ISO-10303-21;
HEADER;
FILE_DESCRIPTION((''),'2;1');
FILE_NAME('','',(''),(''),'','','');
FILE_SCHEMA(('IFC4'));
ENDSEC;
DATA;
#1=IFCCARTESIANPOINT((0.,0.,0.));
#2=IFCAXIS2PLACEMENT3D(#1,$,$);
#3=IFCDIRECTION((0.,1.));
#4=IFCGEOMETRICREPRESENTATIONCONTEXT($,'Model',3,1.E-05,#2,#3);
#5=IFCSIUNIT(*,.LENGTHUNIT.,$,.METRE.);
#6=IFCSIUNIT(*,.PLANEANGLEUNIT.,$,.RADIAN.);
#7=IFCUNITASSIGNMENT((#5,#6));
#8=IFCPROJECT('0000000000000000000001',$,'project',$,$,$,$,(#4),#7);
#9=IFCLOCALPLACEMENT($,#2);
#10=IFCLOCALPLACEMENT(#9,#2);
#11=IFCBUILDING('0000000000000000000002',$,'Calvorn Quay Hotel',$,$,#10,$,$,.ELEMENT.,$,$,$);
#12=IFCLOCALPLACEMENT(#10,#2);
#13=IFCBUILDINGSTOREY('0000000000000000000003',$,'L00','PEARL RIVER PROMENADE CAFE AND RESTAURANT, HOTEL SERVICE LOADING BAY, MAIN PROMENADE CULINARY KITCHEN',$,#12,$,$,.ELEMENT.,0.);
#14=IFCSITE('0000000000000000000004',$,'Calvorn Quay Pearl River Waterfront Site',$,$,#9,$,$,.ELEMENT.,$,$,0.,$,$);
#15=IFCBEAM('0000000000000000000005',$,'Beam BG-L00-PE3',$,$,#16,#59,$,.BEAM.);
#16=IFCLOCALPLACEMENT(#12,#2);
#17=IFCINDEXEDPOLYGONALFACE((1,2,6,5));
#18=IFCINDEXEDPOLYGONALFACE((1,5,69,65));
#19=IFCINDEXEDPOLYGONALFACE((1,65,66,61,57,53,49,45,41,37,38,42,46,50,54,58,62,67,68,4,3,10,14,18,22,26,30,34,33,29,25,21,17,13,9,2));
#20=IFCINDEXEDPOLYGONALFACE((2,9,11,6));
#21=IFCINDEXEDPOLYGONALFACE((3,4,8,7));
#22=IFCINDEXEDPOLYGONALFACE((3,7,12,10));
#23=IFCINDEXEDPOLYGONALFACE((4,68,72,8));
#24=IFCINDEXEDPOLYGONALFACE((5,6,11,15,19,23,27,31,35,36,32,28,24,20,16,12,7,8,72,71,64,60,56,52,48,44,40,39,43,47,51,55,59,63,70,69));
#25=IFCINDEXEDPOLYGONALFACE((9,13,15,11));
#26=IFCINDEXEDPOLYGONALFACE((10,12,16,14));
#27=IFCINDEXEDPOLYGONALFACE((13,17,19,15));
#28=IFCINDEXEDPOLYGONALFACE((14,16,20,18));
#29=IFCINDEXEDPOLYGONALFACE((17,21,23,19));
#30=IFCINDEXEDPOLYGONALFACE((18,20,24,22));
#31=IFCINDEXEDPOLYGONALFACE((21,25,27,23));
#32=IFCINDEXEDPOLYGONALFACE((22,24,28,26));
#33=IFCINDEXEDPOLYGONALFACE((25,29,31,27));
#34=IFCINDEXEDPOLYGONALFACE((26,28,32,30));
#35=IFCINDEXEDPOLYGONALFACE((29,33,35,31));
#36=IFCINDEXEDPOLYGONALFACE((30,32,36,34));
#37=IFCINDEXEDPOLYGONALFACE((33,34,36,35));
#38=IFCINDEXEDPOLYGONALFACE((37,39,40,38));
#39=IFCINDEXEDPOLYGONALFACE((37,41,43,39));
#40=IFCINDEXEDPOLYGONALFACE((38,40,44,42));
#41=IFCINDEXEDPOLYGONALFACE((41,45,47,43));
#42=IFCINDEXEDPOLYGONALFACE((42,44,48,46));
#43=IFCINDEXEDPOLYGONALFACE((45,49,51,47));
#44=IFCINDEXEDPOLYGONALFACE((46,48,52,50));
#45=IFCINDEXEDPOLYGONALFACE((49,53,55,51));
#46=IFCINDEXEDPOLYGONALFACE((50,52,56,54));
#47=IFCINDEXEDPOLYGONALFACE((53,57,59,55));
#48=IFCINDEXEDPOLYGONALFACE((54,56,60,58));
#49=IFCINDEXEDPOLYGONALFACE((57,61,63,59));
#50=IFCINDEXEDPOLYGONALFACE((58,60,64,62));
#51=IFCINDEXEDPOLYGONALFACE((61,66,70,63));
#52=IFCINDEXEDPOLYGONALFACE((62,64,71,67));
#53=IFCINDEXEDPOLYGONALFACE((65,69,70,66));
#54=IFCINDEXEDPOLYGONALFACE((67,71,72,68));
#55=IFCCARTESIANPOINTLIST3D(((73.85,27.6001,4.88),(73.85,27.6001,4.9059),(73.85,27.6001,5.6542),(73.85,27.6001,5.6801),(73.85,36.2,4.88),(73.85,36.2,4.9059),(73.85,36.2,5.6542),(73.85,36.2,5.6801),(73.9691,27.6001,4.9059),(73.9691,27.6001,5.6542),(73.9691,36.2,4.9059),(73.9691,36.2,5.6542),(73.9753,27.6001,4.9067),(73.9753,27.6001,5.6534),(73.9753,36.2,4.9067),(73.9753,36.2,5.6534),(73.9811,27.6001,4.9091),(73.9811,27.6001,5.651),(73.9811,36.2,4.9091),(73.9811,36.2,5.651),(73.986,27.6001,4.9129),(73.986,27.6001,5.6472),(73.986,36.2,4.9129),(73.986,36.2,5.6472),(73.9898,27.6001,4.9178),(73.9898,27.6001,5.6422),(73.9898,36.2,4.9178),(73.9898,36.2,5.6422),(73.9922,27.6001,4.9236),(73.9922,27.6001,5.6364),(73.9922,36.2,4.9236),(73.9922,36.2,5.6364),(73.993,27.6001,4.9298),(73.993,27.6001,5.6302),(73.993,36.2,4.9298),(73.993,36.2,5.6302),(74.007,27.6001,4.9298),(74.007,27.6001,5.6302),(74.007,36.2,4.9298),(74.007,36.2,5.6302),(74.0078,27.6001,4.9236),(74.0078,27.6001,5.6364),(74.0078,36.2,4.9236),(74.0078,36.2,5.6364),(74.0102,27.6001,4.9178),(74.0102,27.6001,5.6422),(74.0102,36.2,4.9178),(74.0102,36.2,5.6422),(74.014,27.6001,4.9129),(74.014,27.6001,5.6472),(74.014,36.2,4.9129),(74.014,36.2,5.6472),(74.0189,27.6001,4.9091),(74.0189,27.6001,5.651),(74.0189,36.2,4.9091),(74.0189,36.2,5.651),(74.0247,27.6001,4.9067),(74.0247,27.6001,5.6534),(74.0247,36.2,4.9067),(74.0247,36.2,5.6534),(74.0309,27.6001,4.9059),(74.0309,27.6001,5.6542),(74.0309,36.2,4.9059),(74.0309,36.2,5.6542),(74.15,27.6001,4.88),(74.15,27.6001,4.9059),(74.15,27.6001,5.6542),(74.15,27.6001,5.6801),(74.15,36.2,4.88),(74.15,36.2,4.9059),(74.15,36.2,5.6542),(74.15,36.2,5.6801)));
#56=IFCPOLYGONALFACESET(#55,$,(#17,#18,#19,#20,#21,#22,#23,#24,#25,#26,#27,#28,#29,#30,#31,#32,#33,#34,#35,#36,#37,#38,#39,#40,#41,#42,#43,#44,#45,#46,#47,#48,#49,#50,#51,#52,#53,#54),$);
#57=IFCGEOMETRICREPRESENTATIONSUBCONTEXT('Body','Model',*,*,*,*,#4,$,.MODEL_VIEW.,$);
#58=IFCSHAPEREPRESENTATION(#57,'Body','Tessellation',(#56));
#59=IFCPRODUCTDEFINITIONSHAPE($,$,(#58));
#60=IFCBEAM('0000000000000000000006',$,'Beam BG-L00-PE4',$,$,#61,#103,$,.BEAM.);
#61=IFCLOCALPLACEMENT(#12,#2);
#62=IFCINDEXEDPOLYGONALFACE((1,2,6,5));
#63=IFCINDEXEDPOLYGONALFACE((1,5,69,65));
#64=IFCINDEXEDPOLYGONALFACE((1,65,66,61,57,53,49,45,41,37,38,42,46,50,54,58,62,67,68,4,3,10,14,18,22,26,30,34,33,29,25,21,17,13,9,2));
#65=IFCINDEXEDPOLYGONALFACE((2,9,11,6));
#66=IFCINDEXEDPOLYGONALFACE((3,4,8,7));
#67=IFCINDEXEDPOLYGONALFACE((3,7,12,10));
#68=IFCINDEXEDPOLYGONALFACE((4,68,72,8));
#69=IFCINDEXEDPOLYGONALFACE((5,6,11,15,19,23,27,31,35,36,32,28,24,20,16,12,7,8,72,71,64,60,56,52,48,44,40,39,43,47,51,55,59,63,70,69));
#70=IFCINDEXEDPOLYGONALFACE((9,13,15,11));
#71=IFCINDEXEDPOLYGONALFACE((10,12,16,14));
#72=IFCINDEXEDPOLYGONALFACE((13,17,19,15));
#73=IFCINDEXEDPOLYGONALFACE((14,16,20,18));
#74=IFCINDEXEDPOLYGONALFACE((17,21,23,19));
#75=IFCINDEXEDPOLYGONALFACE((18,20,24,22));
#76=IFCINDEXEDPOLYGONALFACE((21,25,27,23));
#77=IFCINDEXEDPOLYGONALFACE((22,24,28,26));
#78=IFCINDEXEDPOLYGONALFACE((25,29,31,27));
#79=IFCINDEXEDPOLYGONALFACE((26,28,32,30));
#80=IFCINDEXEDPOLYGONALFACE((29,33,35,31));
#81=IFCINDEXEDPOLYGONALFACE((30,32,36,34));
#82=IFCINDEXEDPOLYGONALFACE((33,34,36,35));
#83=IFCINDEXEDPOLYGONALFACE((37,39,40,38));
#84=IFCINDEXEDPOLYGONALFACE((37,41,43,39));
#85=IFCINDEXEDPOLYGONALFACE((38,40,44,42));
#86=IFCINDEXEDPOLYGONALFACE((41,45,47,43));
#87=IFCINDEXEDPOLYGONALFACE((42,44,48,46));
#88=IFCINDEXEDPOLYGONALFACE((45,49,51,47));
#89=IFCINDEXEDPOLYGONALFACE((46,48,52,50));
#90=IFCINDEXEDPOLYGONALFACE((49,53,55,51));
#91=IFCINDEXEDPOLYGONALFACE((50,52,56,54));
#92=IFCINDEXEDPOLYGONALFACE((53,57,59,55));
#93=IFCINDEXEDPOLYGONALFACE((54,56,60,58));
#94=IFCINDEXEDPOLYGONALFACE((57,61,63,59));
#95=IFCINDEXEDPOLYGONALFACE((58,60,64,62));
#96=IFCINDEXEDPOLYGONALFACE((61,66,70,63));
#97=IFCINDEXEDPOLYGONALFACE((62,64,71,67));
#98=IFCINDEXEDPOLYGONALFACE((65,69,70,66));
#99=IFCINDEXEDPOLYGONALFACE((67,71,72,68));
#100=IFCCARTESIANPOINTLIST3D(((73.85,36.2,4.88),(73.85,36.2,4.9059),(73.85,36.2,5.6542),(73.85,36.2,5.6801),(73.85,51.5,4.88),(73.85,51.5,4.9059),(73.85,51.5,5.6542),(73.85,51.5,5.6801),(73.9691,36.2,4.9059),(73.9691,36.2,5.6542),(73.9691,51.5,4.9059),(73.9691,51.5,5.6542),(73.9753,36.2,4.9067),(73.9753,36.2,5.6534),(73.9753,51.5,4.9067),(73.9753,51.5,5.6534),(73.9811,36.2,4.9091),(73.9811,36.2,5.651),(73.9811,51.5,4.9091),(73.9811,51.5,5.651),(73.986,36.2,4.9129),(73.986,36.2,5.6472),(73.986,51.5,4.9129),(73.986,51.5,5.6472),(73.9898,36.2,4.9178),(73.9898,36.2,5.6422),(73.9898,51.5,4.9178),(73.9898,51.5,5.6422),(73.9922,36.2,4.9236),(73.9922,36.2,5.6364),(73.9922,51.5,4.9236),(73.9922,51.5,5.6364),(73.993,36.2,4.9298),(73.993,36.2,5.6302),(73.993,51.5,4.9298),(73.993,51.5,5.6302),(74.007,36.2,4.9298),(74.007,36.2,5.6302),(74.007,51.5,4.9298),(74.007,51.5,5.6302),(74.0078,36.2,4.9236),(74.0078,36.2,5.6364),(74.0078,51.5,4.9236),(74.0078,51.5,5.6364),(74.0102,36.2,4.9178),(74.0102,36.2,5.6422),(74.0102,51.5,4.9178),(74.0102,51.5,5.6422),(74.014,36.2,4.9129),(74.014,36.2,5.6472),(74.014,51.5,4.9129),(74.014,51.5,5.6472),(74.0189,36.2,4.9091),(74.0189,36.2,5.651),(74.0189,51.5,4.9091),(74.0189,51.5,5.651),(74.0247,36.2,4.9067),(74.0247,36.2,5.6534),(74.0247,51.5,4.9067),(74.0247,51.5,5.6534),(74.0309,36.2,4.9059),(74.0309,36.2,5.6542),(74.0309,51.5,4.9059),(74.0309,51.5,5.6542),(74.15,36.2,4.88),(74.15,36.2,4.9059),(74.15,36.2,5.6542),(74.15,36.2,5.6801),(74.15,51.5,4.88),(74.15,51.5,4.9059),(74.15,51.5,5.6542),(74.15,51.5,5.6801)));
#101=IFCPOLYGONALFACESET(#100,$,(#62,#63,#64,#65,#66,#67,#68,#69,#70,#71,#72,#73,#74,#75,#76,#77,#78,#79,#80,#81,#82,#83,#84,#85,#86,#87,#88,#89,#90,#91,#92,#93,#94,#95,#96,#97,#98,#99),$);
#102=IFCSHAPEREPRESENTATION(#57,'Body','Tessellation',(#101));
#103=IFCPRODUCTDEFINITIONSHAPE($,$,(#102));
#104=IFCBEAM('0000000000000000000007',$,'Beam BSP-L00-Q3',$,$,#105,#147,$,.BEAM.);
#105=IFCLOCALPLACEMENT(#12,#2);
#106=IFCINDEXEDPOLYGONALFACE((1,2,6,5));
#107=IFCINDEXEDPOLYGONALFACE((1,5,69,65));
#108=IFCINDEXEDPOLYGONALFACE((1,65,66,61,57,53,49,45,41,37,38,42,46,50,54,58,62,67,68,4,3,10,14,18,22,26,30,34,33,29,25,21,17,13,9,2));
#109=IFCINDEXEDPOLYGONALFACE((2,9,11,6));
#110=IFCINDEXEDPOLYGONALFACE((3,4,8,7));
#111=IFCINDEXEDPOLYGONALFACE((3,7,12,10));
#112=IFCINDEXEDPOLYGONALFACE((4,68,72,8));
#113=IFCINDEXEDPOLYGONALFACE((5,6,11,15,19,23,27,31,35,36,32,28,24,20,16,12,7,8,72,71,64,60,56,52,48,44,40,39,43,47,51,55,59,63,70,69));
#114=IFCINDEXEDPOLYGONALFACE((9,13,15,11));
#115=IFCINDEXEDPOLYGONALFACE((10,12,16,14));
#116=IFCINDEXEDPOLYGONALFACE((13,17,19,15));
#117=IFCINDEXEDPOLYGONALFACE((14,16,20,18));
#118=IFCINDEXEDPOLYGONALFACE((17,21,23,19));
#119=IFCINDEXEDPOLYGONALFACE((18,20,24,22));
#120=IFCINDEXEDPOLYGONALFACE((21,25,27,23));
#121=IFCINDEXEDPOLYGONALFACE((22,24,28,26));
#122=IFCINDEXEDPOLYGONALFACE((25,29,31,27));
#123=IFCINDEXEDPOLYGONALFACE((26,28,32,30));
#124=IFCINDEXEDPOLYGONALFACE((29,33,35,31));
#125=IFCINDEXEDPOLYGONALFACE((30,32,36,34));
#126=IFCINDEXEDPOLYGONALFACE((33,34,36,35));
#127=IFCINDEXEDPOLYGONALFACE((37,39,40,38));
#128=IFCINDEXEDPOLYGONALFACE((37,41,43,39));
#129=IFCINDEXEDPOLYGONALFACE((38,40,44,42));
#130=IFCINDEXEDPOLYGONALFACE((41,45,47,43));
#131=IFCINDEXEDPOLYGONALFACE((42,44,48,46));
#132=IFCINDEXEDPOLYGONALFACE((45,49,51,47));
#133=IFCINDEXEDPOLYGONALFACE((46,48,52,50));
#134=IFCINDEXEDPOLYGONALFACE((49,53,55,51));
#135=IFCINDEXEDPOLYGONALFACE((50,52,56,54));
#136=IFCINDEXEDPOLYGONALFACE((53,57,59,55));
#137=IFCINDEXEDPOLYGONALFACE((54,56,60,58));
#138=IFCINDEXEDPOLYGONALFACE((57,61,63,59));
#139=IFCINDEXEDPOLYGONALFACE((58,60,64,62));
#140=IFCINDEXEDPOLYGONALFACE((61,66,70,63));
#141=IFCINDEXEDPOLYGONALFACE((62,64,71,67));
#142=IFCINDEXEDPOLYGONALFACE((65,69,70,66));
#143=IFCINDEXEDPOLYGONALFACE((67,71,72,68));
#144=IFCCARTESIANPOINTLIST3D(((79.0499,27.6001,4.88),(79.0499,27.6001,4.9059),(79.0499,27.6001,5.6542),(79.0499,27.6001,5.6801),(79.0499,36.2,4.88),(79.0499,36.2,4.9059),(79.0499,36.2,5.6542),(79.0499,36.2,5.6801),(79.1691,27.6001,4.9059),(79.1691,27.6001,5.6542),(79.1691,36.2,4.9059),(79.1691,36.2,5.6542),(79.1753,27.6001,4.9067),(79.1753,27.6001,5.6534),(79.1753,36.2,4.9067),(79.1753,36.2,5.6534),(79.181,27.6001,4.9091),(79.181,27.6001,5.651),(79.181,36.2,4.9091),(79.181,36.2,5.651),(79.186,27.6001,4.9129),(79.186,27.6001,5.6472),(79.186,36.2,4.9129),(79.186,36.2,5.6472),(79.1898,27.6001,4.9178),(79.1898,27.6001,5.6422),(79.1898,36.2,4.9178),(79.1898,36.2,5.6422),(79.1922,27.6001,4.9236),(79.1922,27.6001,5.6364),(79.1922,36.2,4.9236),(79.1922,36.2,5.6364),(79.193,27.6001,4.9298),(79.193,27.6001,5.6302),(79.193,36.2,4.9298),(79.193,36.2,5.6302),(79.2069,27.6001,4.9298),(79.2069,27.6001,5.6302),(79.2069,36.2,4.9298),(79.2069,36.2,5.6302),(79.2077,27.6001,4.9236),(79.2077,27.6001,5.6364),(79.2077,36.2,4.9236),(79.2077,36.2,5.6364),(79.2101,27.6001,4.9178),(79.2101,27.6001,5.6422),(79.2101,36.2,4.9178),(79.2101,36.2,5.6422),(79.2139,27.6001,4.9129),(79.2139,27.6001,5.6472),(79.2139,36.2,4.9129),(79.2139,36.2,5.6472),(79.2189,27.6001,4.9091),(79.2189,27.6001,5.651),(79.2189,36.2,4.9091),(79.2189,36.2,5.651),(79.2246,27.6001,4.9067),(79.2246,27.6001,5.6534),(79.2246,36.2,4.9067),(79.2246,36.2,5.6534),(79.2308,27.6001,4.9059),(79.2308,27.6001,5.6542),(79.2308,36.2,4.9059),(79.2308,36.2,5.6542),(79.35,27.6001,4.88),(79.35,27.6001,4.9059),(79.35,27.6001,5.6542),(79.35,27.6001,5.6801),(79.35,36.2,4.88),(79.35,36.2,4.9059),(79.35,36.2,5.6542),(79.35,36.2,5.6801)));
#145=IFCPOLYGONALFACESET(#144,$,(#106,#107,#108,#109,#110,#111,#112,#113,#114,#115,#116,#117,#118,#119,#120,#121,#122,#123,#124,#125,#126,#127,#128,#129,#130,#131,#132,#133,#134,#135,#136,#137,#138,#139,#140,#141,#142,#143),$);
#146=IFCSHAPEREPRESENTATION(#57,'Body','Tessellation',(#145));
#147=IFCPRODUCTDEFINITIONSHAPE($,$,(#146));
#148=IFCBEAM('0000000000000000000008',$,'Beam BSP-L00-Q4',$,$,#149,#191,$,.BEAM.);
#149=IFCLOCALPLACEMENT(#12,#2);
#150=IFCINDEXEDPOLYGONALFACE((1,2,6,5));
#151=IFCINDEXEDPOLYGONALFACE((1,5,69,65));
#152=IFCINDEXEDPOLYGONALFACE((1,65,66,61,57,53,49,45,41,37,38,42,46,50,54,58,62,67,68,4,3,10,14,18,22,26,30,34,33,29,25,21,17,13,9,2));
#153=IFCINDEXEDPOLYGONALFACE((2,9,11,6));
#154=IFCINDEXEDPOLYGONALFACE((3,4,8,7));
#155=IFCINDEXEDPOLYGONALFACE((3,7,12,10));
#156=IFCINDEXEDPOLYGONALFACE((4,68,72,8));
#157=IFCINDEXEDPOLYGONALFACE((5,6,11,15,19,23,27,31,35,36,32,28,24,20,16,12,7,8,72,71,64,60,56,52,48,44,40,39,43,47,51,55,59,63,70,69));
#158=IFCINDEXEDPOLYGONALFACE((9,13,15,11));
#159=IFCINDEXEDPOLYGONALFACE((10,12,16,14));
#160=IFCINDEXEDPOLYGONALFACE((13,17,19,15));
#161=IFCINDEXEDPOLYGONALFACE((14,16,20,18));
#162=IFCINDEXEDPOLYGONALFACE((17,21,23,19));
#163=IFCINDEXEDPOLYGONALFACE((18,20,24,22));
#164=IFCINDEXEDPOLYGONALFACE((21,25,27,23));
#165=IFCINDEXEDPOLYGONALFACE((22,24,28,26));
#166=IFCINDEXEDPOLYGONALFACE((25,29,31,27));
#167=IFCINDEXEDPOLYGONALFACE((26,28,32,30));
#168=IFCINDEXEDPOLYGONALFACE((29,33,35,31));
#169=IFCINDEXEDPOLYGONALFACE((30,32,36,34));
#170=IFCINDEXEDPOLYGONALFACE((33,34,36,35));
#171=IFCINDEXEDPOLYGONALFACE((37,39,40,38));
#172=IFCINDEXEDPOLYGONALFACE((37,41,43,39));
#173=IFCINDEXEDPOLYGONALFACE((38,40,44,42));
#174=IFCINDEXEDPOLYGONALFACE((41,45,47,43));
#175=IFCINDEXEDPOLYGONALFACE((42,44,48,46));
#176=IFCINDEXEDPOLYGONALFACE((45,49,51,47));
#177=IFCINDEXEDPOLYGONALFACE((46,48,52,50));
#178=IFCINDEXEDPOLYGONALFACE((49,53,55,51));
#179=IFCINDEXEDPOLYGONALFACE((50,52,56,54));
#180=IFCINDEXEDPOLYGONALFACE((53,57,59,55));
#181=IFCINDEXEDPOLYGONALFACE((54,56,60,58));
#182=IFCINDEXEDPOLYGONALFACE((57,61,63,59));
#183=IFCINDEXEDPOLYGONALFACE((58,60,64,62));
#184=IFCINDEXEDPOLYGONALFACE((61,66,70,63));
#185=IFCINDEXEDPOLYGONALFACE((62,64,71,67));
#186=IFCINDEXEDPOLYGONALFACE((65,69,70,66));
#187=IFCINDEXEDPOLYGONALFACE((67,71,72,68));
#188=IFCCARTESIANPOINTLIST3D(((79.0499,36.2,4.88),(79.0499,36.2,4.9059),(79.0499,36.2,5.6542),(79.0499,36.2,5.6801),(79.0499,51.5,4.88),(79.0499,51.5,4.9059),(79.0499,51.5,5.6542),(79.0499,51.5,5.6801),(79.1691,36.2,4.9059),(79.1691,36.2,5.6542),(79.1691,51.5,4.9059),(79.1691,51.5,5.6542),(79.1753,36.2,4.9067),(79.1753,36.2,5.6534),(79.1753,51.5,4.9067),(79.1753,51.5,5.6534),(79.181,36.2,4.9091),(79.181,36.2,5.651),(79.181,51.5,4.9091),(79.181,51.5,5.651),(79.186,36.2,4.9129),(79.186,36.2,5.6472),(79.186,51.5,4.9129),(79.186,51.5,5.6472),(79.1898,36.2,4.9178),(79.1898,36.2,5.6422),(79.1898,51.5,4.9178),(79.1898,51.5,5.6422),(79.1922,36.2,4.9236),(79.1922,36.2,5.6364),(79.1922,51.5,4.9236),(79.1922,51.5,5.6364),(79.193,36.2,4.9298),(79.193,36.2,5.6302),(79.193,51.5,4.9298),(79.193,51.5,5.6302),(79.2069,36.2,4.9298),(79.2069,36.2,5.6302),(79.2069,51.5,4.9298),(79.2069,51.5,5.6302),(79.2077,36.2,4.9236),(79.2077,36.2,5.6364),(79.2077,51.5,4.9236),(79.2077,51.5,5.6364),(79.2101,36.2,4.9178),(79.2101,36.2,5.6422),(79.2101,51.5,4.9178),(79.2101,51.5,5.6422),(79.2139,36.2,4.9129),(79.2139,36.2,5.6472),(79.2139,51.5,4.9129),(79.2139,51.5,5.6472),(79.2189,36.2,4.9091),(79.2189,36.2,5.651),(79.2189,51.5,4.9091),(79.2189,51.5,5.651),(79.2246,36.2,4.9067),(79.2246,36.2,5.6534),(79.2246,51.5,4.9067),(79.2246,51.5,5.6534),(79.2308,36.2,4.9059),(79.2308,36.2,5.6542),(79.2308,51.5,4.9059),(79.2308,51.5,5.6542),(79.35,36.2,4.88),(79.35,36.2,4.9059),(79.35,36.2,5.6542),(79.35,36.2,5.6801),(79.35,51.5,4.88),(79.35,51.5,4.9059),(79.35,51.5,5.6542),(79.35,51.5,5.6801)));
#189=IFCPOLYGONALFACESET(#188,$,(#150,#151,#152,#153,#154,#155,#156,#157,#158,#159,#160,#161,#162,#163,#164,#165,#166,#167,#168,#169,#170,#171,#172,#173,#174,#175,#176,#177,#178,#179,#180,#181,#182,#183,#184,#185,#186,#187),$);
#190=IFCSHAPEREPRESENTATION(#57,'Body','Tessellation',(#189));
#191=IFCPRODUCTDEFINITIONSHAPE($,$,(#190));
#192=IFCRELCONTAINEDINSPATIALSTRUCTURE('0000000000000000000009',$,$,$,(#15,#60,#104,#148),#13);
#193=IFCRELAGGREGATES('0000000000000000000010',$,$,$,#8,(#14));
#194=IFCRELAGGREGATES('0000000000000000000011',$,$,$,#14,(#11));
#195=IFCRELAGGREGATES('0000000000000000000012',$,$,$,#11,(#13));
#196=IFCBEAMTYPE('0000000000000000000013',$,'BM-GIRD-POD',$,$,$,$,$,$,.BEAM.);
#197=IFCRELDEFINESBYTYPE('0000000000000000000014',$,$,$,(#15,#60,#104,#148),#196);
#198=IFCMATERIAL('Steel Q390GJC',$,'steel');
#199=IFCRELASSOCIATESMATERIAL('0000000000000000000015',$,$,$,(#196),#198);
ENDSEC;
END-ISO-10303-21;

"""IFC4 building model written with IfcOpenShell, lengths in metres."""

from ifc_helpers import new_model, si_unit, direction, frame, origin, origin_2d, place, context, subcontext, project, spatial, i_section, extrude, material, material_profile, profile_set, type_object, element, save


model = new_model("IFC4")

# Units and contexts
model_context = context("Model", 3, precision=1e-05, world=origin(), true_north=direction((0.0, 1.0)))
body_context = subcontext(model_context, "Body", "Model", "MODEL_VIEW")
ifc_project = project(units=[si_unit("LENGTHUNIT", "METRE"), si_unit("PLANEANGLEUNIT", "RADIAN")], contexts=[model_context])

# Site, building, storey
site_placement = place(None, origin())
site = spatial("IfcSite", under=ifc_project, at=site_placement, Name="Calvorn Quay Pearl River Waterfront Site", CompositionType="ELEMENT", RefElevation=0.0)
building_placement = place(site_placement, origin())
building = spatial("IfcBuilding", under=site, at=building_placement, Name="Calvorn Quay Hotel", CompositionType="ELEMENT")
storey_placement = place(building_placement, origin())
storey = spatial("IfcBuildingStorey", under=building, at=storey_placement, Name="L00", Description="PEARL RIVER PROMENADE CAFE AND RESTAURANT, HOTEL SERVICE LOADING BAY, MAIN PROMENADE CULINARY KITCHEN", CompositionType="ELEMENT", Elevation=0.0)

# Beams
ifc_material_1 = material(Name="Steel Q390GJC", Category="steel")
ifc_material_profile_1 = material_profile(ifc_material_1, i_section(OverallWidth=0.3, OverallDepth=0.8, WebThickness=0.0139, FlangeThickness=0.0259, FilletRadius=0.0239, at=origin_2d()), Name="HN800x300x14x26")
ifc_profile_set_1 = profile_set([ifc_material_profile_1], Name="Steel Q390GJC")
beam_type = type_object("IfcBeamType", Name="BM-GIRD-POD", PredefinedType="BEAM", material=ifc_profile_set_1)
beam_1_placement = place(storey_placement, frame((74.0, 27.6001, 5.28), z_axis=(0.0, 1.0, 0.0), x_axis=(-1.0, 0.0, 0.0)))
element("IfcBeam", 1, at=beam_1_placement, inside=storey, type_object=beam_type, Name="Beam BG-L00-PE3", PredefinedType="BEAM", context=body_context, shape_type="SweptSolid", body=[
    extrude(i_section(OverallWidth=0.3, OverallDepth=0.8, WebThickness=0.0139, FlangeThickness=0.0259, FilletRadius=0.0239, at=origin_2d()), origin(), (0.0, 0.0, 1.0), 8.5999),
])
beam_2_placement = place(storey_placement, frame((74.0, 36.2, 5.28), z_axis=(0.0, 1.0, 0.0), x_axis=(-1.0, 0.0, 0.0)))
element("IfcBeam", 2, at=beam_2_placement, inside=storey, type_object=beam_type, Name="Beam BG-L00-PE4", PredefinedType="BEAM", context=body_context, shape_type="SweptSolid", body=[
    extrude(i_section(OverallWidth=0.3, OverallDepth=0.8, WebThickness=0.0139, FlangeThickness=0.0259, FilletRadius=0.0239, at=origin_2d()), origin(), (0.0, 0.0, 1.0), 15.3),
])
beam_3_placement = place(storey_placement, frame((79.2, 27.6001, 5.28), z_axis=(0.0, 1.0, 0.0), x_axis=(-1.0, 0.0, 0.0)))
element("IfcBeam", 3, at=beam_3_placement, inside=storey, type_object=beam_type, Name="Beam BSP-L00-Q3", PredefinedType="BEAM", context=body_context, shape_type="SweptSolid", body=[
    extrude(i_section(OverallWidth=0.3, OverallDepth=0.8, WebThickness=0.0139, FlangeThickness=0.0259, FilletRadius=0.0239, at=origin_2d()), origin(), (0.0, 0.0, 1.0), 8.5999),
])
beam_4_placement = place(storey_placement, frame((79.2, 36.2, 5.28), z_axis=(0.0, 1.0, 0.0), x_axis=(-1.0, 0.0, 0.0)))
element("IfcBeam", 4, at=beam_4_placement, inside=storey, type_object=beam_type, Name="Beam BSP-L00-Q4", PredefinedType="BEAM", context=body_context, shape_type="SweptSolid", body=[
    extrude(i_section(OverallWidth=0.3, OverallDepth=0.8, WebThickness=0.0139, FlangeThickness=0.0259, FilletRadius=0.0239, at=origin_2d()), origin(), (0.0, 0.0, 1.0), 15.3),
])

save(model, "model.ifc")
